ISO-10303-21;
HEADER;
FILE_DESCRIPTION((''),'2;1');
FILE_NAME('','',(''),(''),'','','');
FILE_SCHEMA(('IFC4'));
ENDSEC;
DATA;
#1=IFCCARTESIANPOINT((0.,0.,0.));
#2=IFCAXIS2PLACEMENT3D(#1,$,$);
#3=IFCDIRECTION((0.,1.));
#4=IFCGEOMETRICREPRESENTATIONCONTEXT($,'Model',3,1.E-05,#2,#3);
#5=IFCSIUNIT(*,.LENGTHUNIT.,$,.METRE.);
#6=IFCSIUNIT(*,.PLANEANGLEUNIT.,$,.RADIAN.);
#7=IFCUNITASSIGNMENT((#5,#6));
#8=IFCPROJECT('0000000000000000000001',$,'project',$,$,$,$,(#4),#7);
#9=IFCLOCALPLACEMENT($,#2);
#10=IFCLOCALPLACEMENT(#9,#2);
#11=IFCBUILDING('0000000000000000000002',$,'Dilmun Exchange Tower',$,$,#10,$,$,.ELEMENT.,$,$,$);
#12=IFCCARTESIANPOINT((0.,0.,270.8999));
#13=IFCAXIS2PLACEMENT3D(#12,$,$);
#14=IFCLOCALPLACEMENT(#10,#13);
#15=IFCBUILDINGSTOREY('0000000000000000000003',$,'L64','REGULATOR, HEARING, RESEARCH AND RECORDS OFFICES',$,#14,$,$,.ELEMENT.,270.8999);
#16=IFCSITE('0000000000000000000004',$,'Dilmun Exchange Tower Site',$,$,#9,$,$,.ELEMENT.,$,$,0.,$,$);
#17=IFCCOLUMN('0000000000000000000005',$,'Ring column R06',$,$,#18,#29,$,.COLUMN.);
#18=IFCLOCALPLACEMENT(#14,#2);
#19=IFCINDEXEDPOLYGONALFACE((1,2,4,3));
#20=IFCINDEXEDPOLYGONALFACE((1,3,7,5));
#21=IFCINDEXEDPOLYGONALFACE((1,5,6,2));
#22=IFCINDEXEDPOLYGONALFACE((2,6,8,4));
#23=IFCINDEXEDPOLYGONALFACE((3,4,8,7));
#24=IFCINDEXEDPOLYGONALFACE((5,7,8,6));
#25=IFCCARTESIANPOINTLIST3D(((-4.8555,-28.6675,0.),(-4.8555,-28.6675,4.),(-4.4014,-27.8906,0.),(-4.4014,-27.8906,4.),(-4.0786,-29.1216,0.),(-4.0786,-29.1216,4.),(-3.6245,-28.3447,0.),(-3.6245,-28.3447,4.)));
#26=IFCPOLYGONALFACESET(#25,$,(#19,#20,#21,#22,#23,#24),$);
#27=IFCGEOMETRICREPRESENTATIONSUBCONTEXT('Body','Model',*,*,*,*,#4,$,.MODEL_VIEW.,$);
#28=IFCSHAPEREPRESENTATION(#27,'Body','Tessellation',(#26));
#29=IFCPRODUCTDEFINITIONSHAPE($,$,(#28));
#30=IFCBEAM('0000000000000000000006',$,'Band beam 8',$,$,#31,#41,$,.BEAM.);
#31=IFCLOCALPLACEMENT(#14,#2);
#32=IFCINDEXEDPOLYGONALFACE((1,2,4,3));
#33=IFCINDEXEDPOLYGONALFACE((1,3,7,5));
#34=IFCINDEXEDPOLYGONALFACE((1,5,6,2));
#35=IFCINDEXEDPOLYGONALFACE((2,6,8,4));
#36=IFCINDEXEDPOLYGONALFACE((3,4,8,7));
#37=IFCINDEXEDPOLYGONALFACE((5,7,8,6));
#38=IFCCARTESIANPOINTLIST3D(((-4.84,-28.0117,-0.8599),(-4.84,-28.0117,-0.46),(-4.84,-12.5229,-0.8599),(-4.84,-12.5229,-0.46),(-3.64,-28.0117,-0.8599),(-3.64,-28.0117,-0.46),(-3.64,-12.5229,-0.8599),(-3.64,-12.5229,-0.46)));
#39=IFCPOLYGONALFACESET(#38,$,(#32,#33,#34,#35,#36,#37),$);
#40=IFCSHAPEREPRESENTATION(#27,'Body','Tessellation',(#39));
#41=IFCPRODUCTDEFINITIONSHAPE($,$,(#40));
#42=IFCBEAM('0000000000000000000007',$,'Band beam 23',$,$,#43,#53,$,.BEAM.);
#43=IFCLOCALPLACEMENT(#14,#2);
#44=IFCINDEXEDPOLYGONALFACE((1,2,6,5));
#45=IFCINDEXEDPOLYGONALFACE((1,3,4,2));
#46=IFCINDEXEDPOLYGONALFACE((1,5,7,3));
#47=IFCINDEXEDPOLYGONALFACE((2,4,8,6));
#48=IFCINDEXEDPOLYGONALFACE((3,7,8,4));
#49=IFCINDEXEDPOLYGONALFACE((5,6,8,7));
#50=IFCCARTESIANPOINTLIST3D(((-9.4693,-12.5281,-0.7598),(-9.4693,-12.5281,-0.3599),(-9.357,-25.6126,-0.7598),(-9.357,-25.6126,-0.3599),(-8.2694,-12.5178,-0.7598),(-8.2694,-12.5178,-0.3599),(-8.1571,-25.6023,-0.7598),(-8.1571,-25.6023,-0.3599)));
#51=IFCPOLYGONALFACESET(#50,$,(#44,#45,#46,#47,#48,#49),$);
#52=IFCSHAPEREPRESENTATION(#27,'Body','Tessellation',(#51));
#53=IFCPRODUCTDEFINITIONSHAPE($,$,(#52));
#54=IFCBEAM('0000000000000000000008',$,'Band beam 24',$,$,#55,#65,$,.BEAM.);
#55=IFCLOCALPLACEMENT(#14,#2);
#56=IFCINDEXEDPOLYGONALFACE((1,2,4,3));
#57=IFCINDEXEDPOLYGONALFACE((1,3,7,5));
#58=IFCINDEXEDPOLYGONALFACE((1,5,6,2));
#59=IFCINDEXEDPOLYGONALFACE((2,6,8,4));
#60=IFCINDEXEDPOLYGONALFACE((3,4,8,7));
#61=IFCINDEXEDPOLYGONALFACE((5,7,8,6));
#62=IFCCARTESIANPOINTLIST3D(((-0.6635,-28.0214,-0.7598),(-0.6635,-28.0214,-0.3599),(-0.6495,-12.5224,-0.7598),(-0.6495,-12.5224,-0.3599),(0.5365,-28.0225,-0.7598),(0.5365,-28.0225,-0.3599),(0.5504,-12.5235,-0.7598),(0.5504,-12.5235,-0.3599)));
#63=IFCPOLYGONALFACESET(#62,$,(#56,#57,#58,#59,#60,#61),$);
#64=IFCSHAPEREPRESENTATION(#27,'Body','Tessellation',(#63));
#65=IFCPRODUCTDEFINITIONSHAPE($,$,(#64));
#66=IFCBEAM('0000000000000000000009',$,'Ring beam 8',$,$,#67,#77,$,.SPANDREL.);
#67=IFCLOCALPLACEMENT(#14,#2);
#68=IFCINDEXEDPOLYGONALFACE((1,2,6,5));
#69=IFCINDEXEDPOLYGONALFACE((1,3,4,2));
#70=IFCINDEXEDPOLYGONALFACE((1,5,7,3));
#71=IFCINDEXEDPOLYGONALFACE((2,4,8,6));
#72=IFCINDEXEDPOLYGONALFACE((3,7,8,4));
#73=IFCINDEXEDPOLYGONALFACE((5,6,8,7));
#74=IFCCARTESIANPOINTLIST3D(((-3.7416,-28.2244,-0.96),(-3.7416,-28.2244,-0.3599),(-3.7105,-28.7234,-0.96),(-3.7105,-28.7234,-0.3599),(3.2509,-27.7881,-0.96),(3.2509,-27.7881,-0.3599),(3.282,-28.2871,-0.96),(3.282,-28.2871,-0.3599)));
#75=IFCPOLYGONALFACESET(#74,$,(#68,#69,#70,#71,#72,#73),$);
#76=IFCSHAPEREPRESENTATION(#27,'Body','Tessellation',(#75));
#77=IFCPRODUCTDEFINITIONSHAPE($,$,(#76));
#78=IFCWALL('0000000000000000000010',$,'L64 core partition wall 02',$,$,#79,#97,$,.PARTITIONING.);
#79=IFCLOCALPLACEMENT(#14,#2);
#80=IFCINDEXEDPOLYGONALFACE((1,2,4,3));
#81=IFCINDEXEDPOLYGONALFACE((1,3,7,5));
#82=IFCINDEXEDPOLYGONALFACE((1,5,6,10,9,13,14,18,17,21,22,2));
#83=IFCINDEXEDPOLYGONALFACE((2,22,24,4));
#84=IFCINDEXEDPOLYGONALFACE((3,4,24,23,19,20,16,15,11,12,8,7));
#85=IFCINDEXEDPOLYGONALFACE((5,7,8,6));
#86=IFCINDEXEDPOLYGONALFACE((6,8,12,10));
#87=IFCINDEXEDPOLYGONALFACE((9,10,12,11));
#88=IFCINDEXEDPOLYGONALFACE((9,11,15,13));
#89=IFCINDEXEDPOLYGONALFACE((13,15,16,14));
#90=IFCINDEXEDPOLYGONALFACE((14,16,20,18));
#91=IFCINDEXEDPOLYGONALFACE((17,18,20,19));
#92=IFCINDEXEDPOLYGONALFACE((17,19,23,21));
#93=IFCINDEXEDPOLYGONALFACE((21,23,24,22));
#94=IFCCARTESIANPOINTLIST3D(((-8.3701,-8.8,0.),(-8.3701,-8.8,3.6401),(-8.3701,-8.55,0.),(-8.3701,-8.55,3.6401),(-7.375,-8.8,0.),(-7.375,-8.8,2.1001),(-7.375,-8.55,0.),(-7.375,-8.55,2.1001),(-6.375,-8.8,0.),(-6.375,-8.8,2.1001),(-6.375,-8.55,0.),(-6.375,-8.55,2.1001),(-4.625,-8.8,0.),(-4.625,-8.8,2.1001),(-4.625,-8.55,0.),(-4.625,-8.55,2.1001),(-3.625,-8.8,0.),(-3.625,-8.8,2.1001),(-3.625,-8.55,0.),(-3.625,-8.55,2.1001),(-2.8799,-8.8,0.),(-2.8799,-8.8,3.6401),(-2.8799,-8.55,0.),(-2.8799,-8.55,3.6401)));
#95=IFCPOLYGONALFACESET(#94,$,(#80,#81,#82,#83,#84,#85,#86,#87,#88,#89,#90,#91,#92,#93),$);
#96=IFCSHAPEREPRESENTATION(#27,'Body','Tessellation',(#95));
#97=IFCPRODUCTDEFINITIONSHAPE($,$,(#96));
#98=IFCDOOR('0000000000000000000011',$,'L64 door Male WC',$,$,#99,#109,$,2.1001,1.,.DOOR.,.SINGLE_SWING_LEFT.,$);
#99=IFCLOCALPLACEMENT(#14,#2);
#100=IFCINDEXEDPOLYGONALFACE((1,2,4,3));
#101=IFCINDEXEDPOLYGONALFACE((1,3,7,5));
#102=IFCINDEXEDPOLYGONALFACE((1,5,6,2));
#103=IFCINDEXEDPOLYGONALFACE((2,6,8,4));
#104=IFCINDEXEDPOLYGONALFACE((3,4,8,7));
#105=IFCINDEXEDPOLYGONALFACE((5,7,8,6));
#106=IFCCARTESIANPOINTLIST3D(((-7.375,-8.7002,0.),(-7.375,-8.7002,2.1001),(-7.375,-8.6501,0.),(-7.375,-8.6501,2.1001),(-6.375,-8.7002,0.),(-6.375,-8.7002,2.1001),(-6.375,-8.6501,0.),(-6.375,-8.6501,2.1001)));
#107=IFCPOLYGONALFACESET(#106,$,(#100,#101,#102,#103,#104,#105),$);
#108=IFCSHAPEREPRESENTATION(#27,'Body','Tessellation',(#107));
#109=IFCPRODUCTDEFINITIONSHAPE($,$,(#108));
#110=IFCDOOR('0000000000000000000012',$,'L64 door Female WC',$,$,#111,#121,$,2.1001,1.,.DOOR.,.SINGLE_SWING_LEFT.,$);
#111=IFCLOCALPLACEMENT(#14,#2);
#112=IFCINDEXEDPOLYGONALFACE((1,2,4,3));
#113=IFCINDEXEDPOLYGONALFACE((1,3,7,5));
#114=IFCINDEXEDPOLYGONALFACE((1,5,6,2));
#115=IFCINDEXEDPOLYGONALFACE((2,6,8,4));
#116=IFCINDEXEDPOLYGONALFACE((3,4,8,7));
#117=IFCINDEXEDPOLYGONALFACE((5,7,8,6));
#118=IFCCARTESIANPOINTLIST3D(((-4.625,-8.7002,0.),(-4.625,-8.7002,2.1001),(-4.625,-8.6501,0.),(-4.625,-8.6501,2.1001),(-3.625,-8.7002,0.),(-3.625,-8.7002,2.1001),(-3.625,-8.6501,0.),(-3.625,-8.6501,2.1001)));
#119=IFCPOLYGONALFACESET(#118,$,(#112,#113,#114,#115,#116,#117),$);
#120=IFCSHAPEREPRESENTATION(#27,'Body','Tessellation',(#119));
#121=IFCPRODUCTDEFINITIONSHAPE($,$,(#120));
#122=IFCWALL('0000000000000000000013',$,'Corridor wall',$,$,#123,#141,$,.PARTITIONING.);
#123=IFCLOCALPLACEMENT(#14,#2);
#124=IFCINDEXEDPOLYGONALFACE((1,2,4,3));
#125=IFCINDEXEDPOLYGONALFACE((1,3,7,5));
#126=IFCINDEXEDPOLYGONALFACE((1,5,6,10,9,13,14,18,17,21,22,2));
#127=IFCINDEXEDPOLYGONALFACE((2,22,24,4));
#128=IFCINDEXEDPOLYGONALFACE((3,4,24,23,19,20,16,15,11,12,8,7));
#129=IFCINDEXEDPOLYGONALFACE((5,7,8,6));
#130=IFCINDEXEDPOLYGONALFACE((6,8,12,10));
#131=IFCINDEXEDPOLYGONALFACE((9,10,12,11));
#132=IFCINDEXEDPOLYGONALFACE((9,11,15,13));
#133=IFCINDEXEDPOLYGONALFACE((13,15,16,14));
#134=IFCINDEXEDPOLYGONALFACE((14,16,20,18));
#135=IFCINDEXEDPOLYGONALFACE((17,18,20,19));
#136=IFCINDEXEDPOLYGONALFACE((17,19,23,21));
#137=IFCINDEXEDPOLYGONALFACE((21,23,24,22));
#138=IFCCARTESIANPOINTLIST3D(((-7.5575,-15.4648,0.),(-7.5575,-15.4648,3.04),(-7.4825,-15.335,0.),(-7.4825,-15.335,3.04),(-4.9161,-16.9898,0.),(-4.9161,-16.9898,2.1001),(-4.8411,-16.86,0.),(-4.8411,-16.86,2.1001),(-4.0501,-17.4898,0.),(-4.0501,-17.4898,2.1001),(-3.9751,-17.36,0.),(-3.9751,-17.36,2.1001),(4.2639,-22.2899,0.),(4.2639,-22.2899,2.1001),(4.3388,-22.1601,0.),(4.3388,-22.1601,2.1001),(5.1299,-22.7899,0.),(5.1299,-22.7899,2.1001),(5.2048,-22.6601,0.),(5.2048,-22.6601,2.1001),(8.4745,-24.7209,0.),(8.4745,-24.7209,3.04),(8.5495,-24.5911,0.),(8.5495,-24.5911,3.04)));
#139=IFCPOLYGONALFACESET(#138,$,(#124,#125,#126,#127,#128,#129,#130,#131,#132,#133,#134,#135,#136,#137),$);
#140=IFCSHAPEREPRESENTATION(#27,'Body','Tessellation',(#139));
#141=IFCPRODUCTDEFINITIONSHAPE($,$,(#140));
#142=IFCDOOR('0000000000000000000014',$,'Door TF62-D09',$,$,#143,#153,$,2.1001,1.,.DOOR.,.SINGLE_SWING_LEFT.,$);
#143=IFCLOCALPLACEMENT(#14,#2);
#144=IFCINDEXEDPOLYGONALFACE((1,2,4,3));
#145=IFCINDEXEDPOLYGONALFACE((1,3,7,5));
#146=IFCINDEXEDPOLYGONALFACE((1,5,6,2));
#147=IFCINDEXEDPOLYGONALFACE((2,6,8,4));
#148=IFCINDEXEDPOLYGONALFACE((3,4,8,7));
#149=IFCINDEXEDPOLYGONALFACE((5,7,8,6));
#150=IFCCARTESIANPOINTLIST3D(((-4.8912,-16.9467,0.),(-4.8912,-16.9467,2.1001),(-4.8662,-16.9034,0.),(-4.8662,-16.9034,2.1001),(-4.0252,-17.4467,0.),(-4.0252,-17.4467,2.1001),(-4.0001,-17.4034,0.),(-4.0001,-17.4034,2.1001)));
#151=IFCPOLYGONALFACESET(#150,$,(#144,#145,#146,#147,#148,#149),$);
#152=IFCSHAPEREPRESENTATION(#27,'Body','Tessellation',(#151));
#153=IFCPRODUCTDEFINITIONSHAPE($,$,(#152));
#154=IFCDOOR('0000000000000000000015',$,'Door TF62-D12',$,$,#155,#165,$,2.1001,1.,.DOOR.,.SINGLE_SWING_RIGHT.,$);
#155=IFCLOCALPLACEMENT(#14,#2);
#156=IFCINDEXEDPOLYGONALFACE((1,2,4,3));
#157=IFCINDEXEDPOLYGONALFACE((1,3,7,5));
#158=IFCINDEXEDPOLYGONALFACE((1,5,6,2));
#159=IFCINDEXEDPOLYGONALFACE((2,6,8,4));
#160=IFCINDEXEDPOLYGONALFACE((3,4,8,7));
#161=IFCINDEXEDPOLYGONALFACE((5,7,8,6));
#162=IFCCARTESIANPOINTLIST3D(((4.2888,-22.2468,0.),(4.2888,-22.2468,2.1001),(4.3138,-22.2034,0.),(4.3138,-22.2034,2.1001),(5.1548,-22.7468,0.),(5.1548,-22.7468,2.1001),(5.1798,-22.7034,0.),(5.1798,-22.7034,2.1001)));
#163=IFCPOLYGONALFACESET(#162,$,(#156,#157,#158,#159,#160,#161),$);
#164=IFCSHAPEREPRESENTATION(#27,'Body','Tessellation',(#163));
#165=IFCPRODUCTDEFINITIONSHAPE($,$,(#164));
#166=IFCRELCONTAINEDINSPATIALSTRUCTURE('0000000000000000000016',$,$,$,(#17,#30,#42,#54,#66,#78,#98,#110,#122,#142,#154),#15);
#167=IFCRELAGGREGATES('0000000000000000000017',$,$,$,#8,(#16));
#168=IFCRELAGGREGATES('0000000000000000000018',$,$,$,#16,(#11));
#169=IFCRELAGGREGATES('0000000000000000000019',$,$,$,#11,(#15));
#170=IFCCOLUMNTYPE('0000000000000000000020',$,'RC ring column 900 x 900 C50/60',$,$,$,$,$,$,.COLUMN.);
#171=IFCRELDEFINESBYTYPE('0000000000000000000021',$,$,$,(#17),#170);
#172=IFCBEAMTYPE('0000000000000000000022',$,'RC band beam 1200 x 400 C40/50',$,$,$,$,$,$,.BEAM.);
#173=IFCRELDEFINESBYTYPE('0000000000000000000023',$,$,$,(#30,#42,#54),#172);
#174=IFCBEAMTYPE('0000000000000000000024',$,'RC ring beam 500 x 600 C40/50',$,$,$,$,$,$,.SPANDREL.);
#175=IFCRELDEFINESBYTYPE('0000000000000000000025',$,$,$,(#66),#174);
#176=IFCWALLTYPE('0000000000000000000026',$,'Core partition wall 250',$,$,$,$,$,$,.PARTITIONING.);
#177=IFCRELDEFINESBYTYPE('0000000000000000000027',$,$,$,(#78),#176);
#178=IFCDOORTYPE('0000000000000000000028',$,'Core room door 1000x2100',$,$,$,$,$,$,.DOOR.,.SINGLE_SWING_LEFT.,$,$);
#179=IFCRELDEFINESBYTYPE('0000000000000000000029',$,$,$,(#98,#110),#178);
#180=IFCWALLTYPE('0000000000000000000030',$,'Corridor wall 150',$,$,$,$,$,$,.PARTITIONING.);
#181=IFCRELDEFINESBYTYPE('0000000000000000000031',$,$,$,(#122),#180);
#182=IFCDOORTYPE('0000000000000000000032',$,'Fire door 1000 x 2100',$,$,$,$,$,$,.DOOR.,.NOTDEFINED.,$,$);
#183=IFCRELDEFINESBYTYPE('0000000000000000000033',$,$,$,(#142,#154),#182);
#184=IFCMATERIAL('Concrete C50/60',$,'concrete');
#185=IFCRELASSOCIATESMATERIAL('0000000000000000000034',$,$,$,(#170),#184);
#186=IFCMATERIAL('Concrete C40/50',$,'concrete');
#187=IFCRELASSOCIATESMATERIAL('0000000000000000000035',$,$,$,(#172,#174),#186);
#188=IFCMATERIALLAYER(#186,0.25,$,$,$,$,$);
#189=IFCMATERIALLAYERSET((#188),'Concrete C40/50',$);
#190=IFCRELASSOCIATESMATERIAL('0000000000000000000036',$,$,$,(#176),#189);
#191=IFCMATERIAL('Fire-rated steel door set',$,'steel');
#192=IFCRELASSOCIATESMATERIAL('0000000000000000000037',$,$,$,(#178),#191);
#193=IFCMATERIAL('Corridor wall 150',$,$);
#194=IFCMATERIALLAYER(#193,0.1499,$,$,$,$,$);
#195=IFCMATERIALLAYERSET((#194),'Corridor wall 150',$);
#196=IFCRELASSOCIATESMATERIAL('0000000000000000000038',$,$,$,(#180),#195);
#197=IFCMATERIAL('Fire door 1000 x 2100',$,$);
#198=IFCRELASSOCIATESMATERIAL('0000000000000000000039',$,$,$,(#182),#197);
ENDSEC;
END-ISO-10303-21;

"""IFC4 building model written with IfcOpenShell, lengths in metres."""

from ifc_helpers import new_model, si_unit, direction, frame, frame_2d, origin, origin_2d, place, context, subcontext, project, spatial, rectangle, extrude, material, layer, layer_set, material_profile, profile_set, type_object, element, fill, save


model = new_model("IFC4")

# Units and contexts
model_context = context("Model", 3, precision=1e-05, world=origin(), true_north=direction((0.0, 1.0)))
body_context = subcontext(model_context, "Body", "Model", "MODEL_VIEW")
ifc_project = project(units=[si_unit("LENGTHUNIT", "METRE"), si_unit("PLANEANGLEUNIT", "RADIAN")], contexts=[model_context])

# Site, building, storey
site_placement = place(None, origin())
site = spatial("IfcSite", under=ifc_project, at=site_placement, Name="Dilmun Exchange Tower Site", CompositionType="ELEMENT", RefElevation=0.0)
building_placement = place(site_placement, origin())
building = spatial("IfcBuilding", under=site, at=building_placement, Name="Dilmun Exchange Tower", CompositionType="ELEMENT")
storey_placement = place(building_placement, frame((0.0, 0.0, 270.8999)))
storey = spatial("IfcBuildingStorey", under=building, at=storey_placement, Name="L64", Description="REGULATOR, HEARING, RESEARCH AND RECORDS OFFICES", CompositionType="ELEMENT", Elevation=270.8999)

# Column
ifc_material_1 = material(Name="Concrete C50/60", Category="concrete")
ifc_material_profile_1 = material_profile(ifc_material_1, rectangle(XDim=0.8999, YDim=0.8999, at=origin_2d()), Name="900 x 900")
ifc_profile_set_1 = profile_set([ifc_material_profile_1], Name="Concrete C50/60")
column_type = type_object("IfcColumnType", Name="RC ring column 900 x 900 C50/60", PredefinedType="COLUMN", material=ifc_profile_set_1)
column_placement = place(storey_placement, frame((-4.24, -28.5061, 0.0), z_axis=(0.0, 0.0, 1.0), x_axis=(0.504644, 0.863328, 0.0)))
element("IfcColumn", 1, at=column_placement, inside=storey, type_object=column_type, Name="Ring column R06", PredefinedType="COLUMN", context=body_context, shape_type="SweptSolid", body=[
    extrude(rectangle(XDim=0.8999, YDim=0.8999, at=origin_2d()), origin(), (0.0, 0.0, 1.0), 4.0),
])

# Beams
ifc_material_2 = material(Name="Concrete C40/50", Category="concrete")
ifc_material_profile_2 = material_profile(ifc_material_2, rectangle(XDim=1.2, YDim=0.3999, at=origin_2d()), Name="1200 x 400")
ifc_profile_set_2 = profile_set([ifc_material_profile_2], Name="Concrete C40/50")
beam_type_1 = type_object("IfcBeamType", Name="RC band beam 1200 x 400 C40/50", PredefinedType="BEAM", material=ifc_profile_set_2)
beam_1_placement = place(storey_placement, frame((-4.24, -28.0117, -0.6599), z_axis=(0.0, 1.0, 0.0), x_axis=(-1.0, 0.0, 0.0)))
element("IfcBeam", 2, at=beam_1_placement, inside=storey, type_object=beam_type_1, Name="Band beam 8", PredefinedType="BEAM", context=body_context, shape_type="SweptSolid", body=[
    extrude(rectangle(XDim=1.2, YDim=0.3999, at=origin_2d()), origin(), (0.0, 0.0, 1.0), 15.4888),
])
beam_2_placement = place(storey_placement, frame((-8.7571, -25.6074, -0.5598), z_axis=(-0.008583, 0.999963, 0.0), x_axis=(-0.999963, -0.008583, 0.0)))
element("IfcBeam", 3, at=beam_2_placement, inside=storey, type_object=beam_type_1, Name="Band beam 23", PredefinedType="BEAM", context=body_context, shape_type="SweptSolid", body=[
    extrude(rectangle(XDim=1.2, YDim=0.3999, at=origin_2d()), origin(), (0.0, 0.0, 1.0), 13.085),
])
beam_3_placement = place(storey_placement, frame((-0.0635, -28.022, -0.5598), z_axis=(0.000898, 1.0, 0.0), x_axis=(-1.0, 0.000898, 0.0)))
element("IfcBeam", 4, at=beam_3_placement, inside=storey, type_object=beam_type_1, Name="Band beam 24", PredefinedType="BEAM", context=body_context, shape_type="SweptSolid", body=[
    extrude(rectangle(XDim=1.2, YDim=0.3999, at=origin_2d()), origin(), (0.0, 0.0, 1.0), 15.499),
])
ifc_material_profile_3 = material_profile(ifc_material_2, rectangle(XDim=0.5, YDim=0.6001, at=origin_2d()), Name="500 x 600")
ifc_profile_set_3 = profile_set([ifc_material_profile_3], Name="Concrete C40/50")
beam_type_2 = type_object("IfcBeamType", Name="RC ring beam 500 x 600 C40/50", PredefinedType="SPANDREL", material=ifc_profile_set_3)
beam_4_placement = place(storey_placement, frame((-3.7261, -28.4739, -0.6599), z_axis=(0.998059, 0.062272, 0.0), x_axis=(-0.062272, 0.998059, 0.0)))
element("IfcBeam", 5, at=beam_4_placement, inside=storey, type_object=beam_type_2, Name="Ring beam 8", PredefinedType="SPANDREL", context=body_context, shape_type="SweptSolid", body=[
    extrude(rectangle(XDim=0.5, YDim=0.6001, at=origin_2d()), origin(), (0.0, 0.0, 1.0), 7.0061),
])

# Walls, openings, doors
ifc_layer_1 = layer(ifc_material_2, 0.25)
ifc_layer_set_1 = layer_set([ifc_layer_1], Name="Concrete C40/50")
wall_type_1 = type_object("IfcWallType", Name="Core partition wall 250", PredefinedType="PARTITIONING", material=ifc_layer_set_1)
wall_1_placement = place(storey_placement, frame((-8.3701, -8.675, 0.0), z_axis=(0.0, 0.0, 1.0), x_axis=(1.0, 0.0, 0.0)))
wall_1 = element("IfcWall", 6, at=wall_1_placement, inside=storey, type_object=wall_type_1, Name="L64 core partition wall 02", PredefinedType="PARTITIONING", context=body_context, shape_type="SweptSolid", body=[
    extrude(rectangle(XDim=5.4902, YDim=0.25, at=frame_2d((2.7451, 0.0))), origin(), (0.0, 0.0, 1.0), 3.6401),
])
opening_1_placement = place(wall_1_placement, frame((0.9951, 0.0, 0.0)))
opening_1 = element("IfcOpeningElement", 7, at=opening_1_placement, cuts=wall_1, PredefinedType="OPENING", context=body_context, shape_type="SweptSolid", body=[
    extrude(rectangle(XDim=1.0, YDim=2.1001, at=frame_2d((0.5, 1.05))), frame((0.0, 0.135, 0.0), z_axis=(0.0, -1.0, 0.0), x_axis=(1.0, 0.0, 0.0)), (0.0, 0.0, 1.0), 0.27),
])
opening_2_placement = place(wall_1_placement, frame((3.7451, 0.0, 0.0)))
opening_2 = element("IfcOpeningElement", 8, at=opening_2_placement, cuts=wall_1, PredefinedType="OPENING", context=body_context, shape_type="SweptSolid", body=[
    extrude(rectangle(XDim=1.0, YDim=2.1001, at=frame_2d((0.5, 1.05))), frame((0.0, 0.135, 0.0), z_axis=(0.0, -1.0, 0.0), x_axis=(1.0, 0.0, 0.0)), (0.0, 0.0, 1.0), 0.27),
])
ifc_material_3 = material(Name="Fire-rated steel door set", Category="steel")
door_type_1 = type_object("IfcDoorType", Name="Core room door 1000x2100", OperationType="SINGLE_SWING_LEFT", PredefinedType="DOOR", material=ifc_material_3)
door_1_placement = place(opening_1_placement, origin())
door_1 = element("IfcDoor", 9, at=door_1_placement, inside=storey, type_object=door_type_1, Name="L64 door Male WC", OperationType="SINGLE_SWING_LEFT", OverallHeight=2.1001, OverallWidth=1.0, PredefinedType="DOOR", context=body_context, shape_type="SweptSolid", body=[
    extrude(rectangle(XDim=1.0, YDim=2.1001, at=frame_2d((0.5, 1.05))), frame((0.0, 0.0249, 0.0), z_axis=(0.0, -1.0, 0.0), x_axis=(1.0, 0.0, 0.0)), (0.0, 0.0, 1.0), 0.05),
])
fill(opening_1, door_1)
door_2_placement = place(opening_2_placement, origin())
door_2 = element("IfcDoor", 10, at=door_2_placement, inside=storey, type_object=door_type_1, Name="L64 door Female WC", OperationType="SINGLE_SWING_LEFT", OverallHeight=2.1001, OverallWidth=1.0, PredefinedType="DOOR", context=body_context, shape_type="SweptSolid", body=[
    extrude(rectangle(XDim=1.0, YDim=2.1001, at=frame_2d((0.5, 1.05))), frame((0.0, 0.0249, 0.0), z_axis=(0.0, -1.0, 0.0), x_axis=(1.0, 0.0, 0.0)), (0.0, 0.0, 1.0), 0.05),
])
fill(opening_2, door_2)
ifc_material_4 = material(Name="Corridor wall 150")
ifc_layer_2 = layer(ifc_material_4, 0.1499)
ifc_layer_set_2 = layer_set([ifc_layer_2], Name="Corridor wall 150")
wall_type_2 = type_object("IfcWallType", Name="Corridor wall 150", PredefinedType="PARTITIONING", material=ifc_layer_set_2)
wall_2_placement = place(storey_placement, frame((-7.52, -15.3999, 0.0), z_axis=(0.0, 0.0, 1.0), x_axis=(0.866025, -0.500001, 0.0)))
wall_2 = element("IfcWall", 11, at=wall_2_placement, inside=storey, type_object=wall_type_2, Name="Corridor wall", PredefinedType="PARTITIONING", context=body_context, shape_type="SweptSolid", body=[
    extrude(rectangle(XDim=18.5122, YDim=0.1499, at=frame_2d((9.2561, 0.0))), origin(), (0.0, 0.0, 1.0), 3.04),
])
opening_3_placement = place(wall_2_placement, frame((3.05, 0.0, 0.0)))
opening_3 = element("IfcOpeningElement", 12, at=opening_3_placement, cuts=wall_2, PredefinedType="OPENING", context=body_context, shape_type="SweptSolid", body=[
    extrude(rectangle(XDim=1.0, YDim=2.1001, at=frame_2d((0.5, 1.05))), frame((0.0, 0.085, 0.0), z_axis=(0.0, -1.0, 0.0), x_axis=(1.0, 0.0, 0.0)), (0.0, 0.0, 1.0), 0.1699),
])
opening_4_placement = place(wall_2_placement, frame((13.6501, 0.0, 0.0)))
opening_4 = element("IfcOpeningElement", 13, at=opening_4_placement, cuts=wall_2, PredefinedType="OPENING", context=body_context, shape_type="SweptSolid", body=[
    extrude(rectangle(XDim=1.0, YDim=2.1001, at=frame_2d((0.5, 1.05))), frame((0.0, 0.085, 0.0), z_axis=(0.0, -1.0, 0.0), x_axis=(1.0, 0.0, 0.0)), (0.0, 0.0, 1.0), 0.1699),
])
ifc_material_5 = material(Name="Fire door 1000 x 2100")
door_type_2 = type_object("IfcDoorType", Name="Fire door 1000 x 2100", OperationType="NOTDEFINED", PredefinedType="DOOR", material=ifc_material_5)
door_3_placement = place(opening_3_placement, origin())
door_3 = element("IfcDoor", 14, at=door_3_placement, inside=storey, type_object=door_type_2, Name="Door TF62-D09", OperationType="SINGLE_SWING_LEFT", OverallHeight=2.1001, OverallWidth=1.0, PredefinedType="DOOR", context=body_context, shape_type="SweptSolid", body=[
    extrude(rectangle(XDim=1.0, YDim=2.1001, at=frame_2d((0.5, 1.05))), frame((0.0, 0.0249, 0.0), z_axis=(0.0, -1.0, 0.0), x_axis=(1.0, 0.0, 0.0)), (0.0, 0.0, 1.0), 0.05),
])
fill(opening_3, door_3)
door_4_placement = place(opening_4_placement, origin())
door_4 = element("IfcDoor", 15, at=door_4_placement, inside=storey, type_object=door_type_2, Name="Door TF62-D12", OperationType="SINGLE_SWING_RIGHT", OverallHeight=2.1001, OverallWidth=1.0, PredefinedType="DOOR", context=body_context, shape_type="SweptSolid", body=[
    extrude(rectangle(XDim=1.0, YDim=2.1001, at=frame_2d((0.5, 1.05))), frame((0.0, 0.0249, 0.0), z_axis=(0.0, -1.0, 0.0), x_axis=(1.0, 0.0, 0.0)), (0.0, 0.0, 1.0), 0.05),
])
fill(opening_4, door_4)

save(model, "model.ifc")
